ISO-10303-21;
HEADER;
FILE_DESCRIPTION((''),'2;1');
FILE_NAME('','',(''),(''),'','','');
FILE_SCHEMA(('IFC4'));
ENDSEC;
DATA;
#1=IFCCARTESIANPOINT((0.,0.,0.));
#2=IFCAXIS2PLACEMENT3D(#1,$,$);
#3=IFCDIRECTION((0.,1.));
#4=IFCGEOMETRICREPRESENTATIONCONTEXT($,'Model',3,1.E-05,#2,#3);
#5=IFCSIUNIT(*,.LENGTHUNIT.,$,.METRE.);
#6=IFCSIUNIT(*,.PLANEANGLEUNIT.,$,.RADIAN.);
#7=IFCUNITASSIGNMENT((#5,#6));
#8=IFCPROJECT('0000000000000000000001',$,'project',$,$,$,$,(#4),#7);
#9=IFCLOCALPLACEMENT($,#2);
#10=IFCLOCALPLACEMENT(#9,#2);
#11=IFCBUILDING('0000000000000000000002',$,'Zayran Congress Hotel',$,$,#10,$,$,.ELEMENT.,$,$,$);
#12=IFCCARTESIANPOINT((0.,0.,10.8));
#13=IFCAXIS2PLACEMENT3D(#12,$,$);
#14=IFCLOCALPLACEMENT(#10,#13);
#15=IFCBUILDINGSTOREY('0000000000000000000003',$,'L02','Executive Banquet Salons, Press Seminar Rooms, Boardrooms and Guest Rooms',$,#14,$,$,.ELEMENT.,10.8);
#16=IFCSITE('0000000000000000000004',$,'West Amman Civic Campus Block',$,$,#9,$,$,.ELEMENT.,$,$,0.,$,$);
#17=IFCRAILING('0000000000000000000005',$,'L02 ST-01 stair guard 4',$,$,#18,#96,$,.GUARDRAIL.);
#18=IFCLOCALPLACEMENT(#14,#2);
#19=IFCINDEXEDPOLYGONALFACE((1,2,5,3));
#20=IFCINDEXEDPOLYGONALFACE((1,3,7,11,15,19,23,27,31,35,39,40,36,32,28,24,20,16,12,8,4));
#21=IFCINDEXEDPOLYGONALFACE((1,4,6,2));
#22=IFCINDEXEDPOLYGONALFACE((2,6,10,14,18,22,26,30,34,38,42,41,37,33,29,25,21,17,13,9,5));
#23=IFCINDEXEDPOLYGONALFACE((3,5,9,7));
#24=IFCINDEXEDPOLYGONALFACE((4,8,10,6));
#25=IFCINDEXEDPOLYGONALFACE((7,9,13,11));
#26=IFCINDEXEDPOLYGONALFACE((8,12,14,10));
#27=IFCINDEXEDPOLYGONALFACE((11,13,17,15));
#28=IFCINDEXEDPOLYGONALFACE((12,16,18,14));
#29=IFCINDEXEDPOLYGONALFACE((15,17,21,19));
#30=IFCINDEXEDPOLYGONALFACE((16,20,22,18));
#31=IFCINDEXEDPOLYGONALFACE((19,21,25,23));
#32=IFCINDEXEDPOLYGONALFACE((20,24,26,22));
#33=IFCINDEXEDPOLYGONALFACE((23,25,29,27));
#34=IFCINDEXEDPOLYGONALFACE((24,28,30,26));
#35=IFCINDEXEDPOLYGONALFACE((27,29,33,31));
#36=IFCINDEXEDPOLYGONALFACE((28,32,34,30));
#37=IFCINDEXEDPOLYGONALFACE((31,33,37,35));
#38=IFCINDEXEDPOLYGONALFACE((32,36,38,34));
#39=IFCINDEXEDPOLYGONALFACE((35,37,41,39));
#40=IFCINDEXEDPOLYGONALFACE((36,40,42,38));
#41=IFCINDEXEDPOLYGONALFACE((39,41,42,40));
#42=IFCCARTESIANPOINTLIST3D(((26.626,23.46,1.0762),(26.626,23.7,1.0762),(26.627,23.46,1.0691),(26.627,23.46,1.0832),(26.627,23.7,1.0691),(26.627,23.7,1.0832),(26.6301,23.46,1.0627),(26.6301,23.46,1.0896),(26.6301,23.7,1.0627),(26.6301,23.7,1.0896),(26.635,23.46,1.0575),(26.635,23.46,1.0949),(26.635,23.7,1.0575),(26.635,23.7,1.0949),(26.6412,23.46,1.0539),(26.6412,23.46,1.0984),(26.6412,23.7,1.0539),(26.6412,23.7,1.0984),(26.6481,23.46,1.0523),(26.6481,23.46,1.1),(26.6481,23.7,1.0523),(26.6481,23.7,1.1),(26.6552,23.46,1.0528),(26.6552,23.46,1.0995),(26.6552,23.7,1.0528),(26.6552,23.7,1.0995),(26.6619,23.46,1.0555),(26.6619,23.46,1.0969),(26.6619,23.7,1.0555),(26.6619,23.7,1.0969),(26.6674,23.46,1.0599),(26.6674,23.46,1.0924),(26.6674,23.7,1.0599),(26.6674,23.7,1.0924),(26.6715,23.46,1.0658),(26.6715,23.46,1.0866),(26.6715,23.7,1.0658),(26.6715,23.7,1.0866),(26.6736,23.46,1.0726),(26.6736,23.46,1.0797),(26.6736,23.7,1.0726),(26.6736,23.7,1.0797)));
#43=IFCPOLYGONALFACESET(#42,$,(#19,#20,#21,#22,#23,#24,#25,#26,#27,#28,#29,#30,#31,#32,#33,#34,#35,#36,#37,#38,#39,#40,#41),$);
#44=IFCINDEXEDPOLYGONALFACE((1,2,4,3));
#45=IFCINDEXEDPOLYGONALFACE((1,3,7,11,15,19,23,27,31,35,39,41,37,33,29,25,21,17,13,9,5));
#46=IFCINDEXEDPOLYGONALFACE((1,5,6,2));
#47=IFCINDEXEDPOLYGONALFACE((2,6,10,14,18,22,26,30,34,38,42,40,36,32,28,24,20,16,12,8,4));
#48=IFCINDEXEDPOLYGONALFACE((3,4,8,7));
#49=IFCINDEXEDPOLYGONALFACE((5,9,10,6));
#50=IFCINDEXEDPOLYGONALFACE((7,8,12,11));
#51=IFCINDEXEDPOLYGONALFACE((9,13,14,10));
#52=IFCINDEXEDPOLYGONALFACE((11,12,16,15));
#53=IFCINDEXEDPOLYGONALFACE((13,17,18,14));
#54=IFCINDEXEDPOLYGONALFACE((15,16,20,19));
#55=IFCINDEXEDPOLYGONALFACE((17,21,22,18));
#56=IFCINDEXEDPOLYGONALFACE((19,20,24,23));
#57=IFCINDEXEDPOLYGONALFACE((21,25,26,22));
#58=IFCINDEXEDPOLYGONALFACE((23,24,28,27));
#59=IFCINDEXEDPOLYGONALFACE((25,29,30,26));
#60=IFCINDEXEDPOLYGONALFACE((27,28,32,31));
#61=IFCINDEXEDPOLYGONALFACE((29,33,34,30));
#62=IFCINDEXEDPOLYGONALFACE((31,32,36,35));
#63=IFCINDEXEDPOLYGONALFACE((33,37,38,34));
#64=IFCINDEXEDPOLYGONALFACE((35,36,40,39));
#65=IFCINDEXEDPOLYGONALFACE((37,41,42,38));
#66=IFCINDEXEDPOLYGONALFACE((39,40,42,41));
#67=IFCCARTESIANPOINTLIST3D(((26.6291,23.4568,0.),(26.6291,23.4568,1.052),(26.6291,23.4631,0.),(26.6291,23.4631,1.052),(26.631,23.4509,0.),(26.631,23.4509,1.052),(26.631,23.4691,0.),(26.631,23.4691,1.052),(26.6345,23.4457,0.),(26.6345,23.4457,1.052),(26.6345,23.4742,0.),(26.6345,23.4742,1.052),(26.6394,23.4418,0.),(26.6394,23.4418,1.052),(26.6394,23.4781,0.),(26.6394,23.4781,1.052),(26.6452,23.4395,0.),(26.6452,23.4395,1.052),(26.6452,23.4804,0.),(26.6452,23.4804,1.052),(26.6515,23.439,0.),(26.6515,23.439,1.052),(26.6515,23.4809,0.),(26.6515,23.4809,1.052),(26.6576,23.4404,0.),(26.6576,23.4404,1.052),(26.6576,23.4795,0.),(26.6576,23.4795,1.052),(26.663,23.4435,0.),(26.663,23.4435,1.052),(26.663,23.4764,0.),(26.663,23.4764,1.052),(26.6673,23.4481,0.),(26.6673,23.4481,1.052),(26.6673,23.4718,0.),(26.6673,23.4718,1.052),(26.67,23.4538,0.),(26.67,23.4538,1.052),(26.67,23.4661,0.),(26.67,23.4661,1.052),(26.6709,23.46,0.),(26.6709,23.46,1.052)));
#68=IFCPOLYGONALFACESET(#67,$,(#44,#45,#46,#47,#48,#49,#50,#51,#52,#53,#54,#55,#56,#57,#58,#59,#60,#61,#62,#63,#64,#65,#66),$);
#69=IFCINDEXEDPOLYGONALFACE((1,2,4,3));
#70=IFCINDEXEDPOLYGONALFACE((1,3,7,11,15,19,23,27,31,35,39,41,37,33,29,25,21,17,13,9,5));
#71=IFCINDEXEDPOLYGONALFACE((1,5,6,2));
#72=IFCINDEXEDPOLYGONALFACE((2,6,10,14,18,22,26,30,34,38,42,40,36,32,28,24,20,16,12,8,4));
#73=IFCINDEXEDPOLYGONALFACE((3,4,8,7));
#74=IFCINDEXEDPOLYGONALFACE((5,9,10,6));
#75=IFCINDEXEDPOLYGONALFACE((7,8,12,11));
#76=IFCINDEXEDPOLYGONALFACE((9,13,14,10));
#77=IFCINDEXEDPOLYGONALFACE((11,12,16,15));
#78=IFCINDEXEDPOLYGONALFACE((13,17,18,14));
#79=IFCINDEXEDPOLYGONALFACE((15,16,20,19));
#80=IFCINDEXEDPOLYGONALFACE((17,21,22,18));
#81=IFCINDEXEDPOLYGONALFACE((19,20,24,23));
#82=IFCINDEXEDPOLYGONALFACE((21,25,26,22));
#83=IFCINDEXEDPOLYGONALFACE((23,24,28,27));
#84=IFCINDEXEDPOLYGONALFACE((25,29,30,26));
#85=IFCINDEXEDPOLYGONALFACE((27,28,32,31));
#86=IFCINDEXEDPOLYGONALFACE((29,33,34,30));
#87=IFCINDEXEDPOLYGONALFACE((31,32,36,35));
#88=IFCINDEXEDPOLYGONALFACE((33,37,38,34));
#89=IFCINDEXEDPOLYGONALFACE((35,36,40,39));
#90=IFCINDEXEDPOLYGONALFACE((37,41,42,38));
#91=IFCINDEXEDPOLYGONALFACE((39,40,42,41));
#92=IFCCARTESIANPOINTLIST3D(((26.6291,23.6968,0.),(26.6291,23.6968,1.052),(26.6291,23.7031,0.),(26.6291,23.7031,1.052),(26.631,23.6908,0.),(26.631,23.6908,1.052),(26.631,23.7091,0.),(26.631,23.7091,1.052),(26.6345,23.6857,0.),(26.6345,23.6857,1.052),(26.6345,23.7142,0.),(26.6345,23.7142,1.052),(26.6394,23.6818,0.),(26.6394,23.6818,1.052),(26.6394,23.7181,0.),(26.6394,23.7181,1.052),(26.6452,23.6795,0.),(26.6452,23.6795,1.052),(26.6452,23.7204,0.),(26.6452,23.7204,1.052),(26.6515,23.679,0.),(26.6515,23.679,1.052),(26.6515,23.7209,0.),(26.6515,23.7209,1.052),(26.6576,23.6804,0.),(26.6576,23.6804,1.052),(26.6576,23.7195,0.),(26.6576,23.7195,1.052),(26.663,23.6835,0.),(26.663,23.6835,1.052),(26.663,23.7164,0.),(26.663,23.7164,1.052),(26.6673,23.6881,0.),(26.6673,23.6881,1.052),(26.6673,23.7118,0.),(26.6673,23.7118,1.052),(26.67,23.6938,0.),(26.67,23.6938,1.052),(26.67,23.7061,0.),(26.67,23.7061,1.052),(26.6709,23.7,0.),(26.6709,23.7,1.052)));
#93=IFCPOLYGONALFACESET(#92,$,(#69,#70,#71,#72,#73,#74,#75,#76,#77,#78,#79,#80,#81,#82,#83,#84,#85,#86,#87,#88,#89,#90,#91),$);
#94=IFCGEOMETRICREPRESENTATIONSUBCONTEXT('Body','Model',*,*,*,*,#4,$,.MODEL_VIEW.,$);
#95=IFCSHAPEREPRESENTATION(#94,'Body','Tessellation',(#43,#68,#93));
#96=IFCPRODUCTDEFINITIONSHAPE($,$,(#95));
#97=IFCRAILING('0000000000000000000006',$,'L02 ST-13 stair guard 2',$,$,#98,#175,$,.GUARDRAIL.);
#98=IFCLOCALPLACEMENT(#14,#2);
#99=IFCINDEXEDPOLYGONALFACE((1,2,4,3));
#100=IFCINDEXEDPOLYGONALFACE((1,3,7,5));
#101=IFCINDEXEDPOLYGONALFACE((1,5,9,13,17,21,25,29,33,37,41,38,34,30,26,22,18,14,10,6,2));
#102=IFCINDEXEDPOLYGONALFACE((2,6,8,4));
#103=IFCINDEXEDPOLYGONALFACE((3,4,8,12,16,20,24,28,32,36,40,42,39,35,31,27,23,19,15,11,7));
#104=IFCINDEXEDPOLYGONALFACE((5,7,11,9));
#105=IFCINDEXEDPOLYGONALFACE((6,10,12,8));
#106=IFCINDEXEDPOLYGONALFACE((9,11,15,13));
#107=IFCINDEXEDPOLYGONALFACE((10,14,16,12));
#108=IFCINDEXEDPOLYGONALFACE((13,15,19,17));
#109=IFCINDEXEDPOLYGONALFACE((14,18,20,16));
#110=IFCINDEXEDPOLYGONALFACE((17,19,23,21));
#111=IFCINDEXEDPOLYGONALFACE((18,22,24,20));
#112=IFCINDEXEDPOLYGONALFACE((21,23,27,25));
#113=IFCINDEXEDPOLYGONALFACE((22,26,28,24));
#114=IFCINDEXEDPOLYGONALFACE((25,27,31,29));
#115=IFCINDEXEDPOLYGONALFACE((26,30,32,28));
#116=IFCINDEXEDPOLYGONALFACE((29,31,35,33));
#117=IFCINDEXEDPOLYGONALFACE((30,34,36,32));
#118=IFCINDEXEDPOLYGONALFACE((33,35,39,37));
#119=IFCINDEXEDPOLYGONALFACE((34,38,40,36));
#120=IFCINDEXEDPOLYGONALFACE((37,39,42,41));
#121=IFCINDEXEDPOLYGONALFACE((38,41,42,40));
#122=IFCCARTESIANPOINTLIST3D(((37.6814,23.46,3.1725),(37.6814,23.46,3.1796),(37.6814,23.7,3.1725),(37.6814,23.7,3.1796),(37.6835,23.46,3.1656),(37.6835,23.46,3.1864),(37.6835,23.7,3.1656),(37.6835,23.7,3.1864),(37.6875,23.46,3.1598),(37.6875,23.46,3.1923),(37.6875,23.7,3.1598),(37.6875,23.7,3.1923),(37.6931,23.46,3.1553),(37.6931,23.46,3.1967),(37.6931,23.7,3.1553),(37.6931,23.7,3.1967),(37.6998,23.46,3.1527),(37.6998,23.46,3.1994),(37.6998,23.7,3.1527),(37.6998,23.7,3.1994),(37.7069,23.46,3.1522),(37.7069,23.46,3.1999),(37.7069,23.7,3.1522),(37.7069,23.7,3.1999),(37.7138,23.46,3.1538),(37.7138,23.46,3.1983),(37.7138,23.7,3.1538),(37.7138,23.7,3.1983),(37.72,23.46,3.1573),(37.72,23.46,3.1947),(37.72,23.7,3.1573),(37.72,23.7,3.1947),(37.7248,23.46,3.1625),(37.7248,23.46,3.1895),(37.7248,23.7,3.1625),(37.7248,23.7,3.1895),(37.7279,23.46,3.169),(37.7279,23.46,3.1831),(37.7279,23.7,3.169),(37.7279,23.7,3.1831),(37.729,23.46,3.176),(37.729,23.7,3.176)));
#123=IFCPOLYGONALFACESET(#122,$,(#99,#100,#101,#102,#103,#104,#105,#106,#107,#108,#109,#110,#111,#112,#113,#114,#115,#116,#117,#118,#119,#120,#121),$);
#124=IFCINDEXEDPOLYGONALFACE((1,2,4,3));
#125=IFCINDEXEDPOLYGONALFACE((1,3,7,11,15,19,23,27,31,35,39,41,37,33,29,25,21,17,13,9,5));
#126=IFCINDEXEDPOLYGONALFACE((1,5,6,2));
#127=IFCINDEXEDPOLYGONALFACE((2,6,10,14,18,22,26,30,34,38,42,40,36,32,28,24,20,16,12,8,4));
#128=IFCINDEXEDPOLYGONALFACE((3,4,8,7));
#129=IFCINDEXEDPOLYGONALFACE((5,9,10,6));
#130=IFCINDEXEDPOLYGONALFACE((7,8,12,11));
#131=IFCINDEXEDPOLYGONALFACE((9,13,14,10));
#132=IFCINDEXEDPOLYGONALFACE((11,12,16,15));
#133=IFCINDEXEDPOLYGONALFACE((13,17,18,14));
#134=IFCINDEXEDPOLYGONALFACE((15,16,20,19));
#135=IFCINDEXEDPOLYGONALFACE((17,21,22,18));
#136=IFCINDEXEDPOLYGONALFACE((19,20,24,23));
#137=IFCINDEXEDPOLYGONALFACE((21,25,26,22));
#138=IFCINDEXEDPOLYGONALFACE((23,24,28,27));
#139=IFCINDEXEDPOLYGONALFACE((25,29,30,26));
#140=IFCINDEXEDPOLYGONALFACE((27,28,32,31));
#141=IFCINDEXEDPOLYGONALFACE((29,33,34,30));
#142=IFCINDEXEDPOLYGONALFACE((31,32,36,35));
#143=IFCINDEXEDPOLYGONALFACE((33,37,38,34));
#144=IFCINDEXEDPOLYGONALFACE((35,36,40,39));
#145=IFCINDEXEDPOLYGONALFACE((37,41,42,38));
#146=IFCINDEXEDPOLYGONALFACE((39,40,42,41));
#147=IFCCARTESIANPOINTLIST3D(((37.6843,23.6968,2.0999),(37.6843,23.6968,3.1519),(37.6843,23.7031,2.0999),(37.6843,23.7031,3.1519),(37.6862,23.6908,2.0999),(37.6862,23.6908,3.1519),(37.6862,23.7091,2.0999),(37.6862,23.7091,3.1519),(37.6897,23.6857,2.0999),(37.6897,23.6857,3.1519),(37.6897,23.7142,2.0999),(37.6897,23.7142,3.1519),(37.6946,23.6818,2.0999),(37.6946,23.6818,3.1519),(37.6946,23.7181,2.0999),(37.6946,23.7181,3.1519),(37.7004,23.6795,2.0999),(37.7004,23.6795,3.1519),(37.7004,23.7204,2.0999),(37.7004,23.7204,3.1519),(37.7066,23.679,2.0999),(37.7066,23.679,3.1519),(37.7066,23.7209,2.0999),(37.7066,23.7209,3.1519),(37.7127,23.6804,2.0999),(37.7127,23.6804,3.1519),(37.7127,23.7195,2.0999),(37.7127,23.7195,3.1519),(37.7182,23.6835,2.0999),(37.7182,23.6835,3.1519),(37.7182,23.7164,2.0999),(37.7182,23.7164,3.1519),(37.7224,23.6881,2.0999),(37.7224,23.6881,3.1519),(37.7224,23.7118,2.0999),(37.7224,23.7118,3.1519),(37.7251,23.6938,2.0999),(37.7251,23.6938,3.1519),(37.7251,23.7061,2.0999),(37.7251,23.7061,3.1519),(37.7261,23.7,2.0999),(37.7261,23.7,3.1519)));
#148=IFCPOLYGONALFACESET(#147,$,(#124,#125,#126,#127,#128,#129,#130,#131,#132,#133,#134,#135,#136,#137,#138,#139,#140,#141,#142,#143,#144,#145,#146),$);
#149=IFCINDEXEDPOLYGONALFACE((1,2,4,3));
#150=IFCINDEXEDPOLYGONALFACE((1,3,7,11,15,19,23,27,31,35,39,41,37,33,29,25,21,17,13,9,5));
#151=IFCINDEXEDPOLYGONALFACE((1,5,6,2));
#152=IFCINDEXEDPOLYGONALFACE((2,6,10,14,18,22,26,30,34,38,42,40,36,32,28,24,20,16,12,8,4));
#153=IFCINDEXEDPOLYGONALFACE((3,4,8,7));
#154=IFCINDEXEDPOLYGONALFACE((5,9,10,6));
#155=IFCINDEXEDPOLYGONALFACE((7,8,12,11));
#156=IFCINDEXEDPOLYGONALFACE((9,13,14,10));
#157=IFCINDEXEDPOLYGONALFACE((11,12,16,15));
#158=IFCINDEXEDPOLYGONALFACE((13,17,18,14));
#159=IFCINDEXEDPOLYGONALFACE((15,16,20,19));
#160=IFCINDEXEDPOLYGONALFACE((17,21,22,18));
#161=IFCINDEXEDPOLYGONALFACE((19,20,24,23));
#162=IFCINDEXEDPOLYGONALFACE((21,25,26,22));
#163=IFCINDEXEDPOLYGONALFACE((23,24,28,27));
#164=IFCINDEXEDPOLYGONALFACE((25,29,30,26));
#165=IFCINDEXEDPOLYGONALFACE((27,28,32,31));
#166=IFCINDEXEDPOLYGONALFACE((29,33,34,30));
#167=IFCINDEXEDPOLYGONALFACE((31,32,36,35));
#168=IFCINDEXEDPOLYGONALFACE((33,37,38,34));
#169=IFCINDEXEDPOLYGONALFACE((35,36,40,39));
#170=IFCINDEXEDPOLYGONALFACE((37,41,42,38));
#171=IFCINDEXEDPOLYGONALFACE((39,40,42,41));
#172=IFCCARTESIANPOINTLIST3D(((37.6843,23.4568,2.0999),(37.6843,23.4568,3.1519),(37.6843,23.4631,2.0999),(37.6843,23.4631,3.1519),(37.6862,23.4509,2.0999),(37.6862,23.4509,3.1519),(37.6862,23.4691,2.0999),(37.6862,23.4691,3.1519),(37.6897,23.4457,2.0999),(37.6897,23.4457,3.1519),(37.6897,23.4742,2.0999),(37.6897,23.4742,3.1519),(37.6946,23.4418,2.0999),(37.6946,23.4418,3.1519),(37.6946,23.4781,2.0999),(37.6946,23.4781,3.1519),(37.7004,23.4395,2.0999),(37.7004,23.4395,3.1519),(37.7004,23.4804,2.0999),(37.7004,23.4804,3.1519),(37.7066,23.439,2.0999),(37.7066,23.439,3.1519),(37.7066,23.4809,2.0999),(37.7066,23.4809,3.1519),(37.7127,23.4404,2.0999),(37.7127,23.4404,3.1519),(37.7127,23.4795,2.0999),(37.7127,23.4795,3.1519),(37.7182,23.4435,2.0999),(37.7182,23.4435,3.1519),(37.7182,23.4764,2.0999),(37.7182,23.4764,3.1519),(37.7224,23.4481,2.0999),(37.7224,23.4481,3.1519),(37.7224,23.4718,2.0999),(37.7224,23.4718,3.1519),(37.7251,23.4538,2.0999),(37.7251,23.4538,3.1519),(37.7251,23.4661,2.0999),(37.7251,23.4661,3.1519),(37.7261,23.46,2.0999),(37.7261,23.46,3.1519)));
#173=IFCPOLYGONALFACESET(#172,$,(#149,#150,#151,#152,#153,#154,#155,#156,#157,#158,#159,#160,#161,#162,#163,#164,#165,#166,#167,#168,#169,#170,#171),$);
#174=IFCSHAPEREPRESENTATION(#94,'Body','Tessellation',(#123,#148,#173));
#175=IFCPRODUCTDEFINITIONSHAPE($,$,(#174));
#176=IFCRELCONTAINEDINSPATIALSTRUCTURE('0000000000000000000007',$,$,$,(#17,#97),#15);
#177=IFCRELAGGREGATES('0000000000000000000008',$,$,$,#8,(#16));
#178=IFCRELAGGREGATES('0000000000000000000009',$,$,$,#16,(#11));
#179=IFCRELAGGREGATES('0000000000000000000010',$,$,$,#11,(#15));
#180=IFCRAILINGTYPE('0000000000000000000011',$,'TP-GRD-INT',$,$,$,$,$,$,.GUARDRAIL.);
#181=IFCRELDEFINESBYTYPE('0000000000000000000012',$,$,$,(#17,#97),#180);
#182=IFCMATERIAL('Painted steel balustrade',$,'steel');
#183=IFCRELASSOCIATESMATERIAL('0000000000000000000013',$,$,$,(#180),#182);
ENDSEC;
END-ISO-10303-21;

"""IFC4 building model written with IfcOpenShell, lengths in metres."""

from ifc_helpers import new_model, si_unit, direction, frame, origin, origin_2d, place, context, subcontext, project, spatial, circle, extrude, material, type_object, element, save


model = new_model("IFC4")

# Units and contexts
model_context = context("Model", 3, precision=1e-05, world=origin(), true_north=direction((0.0, 1.0)))
body_context = subcontext(model_context, "Body", "Model", "MODEL_VIEW")
ifc_project = project(units=[si_unit("LENGTHUNIT", "METRE"), si_unit("PLANEANGLEUNIT", "RADIAN")], contexts=[model_context])

# Site, building, storey
site_placement = place(None, origin())
site = spatial("IfcSite", under=ifc_project, at=site_placement, Name="West Amman Civic Campus Block", CompositionType="ELEMENT", RefElevation=0.0)
building_placement = place(site_placement, origin())
building = spatial("IfcBuilding", under=site, at=building_placement, Name="Zayran Congress Hotel", CompositionType="ELEMENT")
storey_placement = place(building_placement, frame((0.0, 0.0, 10.8)))
storey = spatial("IfcBuildingStorey", under=building, at=storey_placement, Name="L02", Description="Executive Banquet Salons, Press Seminar Rooms, Boardrooms and Guest Rooms", CompositionType="ELEMENT", Elevation=10.8)

# Railings
ifc_material_1 = material(Name="Painted steel balustrade", Category="steel")
railing_type_1 = type_object("IfcRailingType", Name="TP-GRD-INT", PredefinedType="GUARDRAIL", material=ifc_material_1)
railing_1_placement = place(storey_placement, frame((26.6499, 23.46, 0.0)))
element("IfcRailing", 1, at=railing_1_placement, inside=storey, type_object=railing_type_1, Name="L02 ST-01 stair guard 4", PredefinedType="GUARDRAIL", context=body_context, shape_type="SweptSolid", body=[
    extrude(circle(Radius=0.0239, at=origin_2d()), frame((0.0, 0.0, 1.0762), z_axis=(0.0, 1.0, 0.0), x_axis=(-1.0, 0.0, 0.0)), (0.0, 0.0, 1.0), 0.24),
    extrude(circle(Radius=0.021, at=origin_2d()), origin(), (0.0, 0.0, 1.0), 1.052),
    extrude(circle(Radius=0.021, at=origin_2d()), frame((0.0, 0.24, 0.0)), (0.0, 0.0, 1.0), 1.052),
])
railing_2_placement = place(storey_placement, frame((37.7051, 23.7, 2.0999)))
element("IfcRailing", 2, at=railing_2_placement, inside=storey, type_object=railing_type_1, Name="L02 ST-13 stair guard 2", PredefinedType="GUARDRAIL", context=body_context, shape_type="SweptSolid", body=[
    extrude(circle(Radius=0.0239, at=origin_2d()), frame((0.0, 0.0, 1.0762), z_axis=(0.0, -1.0, 0.0), x_axis=(1.0, 0.0, 0.0)), (0.0, 0.0, 1.0), 0.24),
    extrude(circle(Radius=0.021, at=origin_2d()), origin(), (0.0, 0.0, 1.0), 1.052),
    extrude(circle(Radius=0.021, at=origin_2d()), frame((0.0, -0.24, 0.0)), (0.0, 0.0, 1.0), 1.052),
])

save(model, "model.ifc")
